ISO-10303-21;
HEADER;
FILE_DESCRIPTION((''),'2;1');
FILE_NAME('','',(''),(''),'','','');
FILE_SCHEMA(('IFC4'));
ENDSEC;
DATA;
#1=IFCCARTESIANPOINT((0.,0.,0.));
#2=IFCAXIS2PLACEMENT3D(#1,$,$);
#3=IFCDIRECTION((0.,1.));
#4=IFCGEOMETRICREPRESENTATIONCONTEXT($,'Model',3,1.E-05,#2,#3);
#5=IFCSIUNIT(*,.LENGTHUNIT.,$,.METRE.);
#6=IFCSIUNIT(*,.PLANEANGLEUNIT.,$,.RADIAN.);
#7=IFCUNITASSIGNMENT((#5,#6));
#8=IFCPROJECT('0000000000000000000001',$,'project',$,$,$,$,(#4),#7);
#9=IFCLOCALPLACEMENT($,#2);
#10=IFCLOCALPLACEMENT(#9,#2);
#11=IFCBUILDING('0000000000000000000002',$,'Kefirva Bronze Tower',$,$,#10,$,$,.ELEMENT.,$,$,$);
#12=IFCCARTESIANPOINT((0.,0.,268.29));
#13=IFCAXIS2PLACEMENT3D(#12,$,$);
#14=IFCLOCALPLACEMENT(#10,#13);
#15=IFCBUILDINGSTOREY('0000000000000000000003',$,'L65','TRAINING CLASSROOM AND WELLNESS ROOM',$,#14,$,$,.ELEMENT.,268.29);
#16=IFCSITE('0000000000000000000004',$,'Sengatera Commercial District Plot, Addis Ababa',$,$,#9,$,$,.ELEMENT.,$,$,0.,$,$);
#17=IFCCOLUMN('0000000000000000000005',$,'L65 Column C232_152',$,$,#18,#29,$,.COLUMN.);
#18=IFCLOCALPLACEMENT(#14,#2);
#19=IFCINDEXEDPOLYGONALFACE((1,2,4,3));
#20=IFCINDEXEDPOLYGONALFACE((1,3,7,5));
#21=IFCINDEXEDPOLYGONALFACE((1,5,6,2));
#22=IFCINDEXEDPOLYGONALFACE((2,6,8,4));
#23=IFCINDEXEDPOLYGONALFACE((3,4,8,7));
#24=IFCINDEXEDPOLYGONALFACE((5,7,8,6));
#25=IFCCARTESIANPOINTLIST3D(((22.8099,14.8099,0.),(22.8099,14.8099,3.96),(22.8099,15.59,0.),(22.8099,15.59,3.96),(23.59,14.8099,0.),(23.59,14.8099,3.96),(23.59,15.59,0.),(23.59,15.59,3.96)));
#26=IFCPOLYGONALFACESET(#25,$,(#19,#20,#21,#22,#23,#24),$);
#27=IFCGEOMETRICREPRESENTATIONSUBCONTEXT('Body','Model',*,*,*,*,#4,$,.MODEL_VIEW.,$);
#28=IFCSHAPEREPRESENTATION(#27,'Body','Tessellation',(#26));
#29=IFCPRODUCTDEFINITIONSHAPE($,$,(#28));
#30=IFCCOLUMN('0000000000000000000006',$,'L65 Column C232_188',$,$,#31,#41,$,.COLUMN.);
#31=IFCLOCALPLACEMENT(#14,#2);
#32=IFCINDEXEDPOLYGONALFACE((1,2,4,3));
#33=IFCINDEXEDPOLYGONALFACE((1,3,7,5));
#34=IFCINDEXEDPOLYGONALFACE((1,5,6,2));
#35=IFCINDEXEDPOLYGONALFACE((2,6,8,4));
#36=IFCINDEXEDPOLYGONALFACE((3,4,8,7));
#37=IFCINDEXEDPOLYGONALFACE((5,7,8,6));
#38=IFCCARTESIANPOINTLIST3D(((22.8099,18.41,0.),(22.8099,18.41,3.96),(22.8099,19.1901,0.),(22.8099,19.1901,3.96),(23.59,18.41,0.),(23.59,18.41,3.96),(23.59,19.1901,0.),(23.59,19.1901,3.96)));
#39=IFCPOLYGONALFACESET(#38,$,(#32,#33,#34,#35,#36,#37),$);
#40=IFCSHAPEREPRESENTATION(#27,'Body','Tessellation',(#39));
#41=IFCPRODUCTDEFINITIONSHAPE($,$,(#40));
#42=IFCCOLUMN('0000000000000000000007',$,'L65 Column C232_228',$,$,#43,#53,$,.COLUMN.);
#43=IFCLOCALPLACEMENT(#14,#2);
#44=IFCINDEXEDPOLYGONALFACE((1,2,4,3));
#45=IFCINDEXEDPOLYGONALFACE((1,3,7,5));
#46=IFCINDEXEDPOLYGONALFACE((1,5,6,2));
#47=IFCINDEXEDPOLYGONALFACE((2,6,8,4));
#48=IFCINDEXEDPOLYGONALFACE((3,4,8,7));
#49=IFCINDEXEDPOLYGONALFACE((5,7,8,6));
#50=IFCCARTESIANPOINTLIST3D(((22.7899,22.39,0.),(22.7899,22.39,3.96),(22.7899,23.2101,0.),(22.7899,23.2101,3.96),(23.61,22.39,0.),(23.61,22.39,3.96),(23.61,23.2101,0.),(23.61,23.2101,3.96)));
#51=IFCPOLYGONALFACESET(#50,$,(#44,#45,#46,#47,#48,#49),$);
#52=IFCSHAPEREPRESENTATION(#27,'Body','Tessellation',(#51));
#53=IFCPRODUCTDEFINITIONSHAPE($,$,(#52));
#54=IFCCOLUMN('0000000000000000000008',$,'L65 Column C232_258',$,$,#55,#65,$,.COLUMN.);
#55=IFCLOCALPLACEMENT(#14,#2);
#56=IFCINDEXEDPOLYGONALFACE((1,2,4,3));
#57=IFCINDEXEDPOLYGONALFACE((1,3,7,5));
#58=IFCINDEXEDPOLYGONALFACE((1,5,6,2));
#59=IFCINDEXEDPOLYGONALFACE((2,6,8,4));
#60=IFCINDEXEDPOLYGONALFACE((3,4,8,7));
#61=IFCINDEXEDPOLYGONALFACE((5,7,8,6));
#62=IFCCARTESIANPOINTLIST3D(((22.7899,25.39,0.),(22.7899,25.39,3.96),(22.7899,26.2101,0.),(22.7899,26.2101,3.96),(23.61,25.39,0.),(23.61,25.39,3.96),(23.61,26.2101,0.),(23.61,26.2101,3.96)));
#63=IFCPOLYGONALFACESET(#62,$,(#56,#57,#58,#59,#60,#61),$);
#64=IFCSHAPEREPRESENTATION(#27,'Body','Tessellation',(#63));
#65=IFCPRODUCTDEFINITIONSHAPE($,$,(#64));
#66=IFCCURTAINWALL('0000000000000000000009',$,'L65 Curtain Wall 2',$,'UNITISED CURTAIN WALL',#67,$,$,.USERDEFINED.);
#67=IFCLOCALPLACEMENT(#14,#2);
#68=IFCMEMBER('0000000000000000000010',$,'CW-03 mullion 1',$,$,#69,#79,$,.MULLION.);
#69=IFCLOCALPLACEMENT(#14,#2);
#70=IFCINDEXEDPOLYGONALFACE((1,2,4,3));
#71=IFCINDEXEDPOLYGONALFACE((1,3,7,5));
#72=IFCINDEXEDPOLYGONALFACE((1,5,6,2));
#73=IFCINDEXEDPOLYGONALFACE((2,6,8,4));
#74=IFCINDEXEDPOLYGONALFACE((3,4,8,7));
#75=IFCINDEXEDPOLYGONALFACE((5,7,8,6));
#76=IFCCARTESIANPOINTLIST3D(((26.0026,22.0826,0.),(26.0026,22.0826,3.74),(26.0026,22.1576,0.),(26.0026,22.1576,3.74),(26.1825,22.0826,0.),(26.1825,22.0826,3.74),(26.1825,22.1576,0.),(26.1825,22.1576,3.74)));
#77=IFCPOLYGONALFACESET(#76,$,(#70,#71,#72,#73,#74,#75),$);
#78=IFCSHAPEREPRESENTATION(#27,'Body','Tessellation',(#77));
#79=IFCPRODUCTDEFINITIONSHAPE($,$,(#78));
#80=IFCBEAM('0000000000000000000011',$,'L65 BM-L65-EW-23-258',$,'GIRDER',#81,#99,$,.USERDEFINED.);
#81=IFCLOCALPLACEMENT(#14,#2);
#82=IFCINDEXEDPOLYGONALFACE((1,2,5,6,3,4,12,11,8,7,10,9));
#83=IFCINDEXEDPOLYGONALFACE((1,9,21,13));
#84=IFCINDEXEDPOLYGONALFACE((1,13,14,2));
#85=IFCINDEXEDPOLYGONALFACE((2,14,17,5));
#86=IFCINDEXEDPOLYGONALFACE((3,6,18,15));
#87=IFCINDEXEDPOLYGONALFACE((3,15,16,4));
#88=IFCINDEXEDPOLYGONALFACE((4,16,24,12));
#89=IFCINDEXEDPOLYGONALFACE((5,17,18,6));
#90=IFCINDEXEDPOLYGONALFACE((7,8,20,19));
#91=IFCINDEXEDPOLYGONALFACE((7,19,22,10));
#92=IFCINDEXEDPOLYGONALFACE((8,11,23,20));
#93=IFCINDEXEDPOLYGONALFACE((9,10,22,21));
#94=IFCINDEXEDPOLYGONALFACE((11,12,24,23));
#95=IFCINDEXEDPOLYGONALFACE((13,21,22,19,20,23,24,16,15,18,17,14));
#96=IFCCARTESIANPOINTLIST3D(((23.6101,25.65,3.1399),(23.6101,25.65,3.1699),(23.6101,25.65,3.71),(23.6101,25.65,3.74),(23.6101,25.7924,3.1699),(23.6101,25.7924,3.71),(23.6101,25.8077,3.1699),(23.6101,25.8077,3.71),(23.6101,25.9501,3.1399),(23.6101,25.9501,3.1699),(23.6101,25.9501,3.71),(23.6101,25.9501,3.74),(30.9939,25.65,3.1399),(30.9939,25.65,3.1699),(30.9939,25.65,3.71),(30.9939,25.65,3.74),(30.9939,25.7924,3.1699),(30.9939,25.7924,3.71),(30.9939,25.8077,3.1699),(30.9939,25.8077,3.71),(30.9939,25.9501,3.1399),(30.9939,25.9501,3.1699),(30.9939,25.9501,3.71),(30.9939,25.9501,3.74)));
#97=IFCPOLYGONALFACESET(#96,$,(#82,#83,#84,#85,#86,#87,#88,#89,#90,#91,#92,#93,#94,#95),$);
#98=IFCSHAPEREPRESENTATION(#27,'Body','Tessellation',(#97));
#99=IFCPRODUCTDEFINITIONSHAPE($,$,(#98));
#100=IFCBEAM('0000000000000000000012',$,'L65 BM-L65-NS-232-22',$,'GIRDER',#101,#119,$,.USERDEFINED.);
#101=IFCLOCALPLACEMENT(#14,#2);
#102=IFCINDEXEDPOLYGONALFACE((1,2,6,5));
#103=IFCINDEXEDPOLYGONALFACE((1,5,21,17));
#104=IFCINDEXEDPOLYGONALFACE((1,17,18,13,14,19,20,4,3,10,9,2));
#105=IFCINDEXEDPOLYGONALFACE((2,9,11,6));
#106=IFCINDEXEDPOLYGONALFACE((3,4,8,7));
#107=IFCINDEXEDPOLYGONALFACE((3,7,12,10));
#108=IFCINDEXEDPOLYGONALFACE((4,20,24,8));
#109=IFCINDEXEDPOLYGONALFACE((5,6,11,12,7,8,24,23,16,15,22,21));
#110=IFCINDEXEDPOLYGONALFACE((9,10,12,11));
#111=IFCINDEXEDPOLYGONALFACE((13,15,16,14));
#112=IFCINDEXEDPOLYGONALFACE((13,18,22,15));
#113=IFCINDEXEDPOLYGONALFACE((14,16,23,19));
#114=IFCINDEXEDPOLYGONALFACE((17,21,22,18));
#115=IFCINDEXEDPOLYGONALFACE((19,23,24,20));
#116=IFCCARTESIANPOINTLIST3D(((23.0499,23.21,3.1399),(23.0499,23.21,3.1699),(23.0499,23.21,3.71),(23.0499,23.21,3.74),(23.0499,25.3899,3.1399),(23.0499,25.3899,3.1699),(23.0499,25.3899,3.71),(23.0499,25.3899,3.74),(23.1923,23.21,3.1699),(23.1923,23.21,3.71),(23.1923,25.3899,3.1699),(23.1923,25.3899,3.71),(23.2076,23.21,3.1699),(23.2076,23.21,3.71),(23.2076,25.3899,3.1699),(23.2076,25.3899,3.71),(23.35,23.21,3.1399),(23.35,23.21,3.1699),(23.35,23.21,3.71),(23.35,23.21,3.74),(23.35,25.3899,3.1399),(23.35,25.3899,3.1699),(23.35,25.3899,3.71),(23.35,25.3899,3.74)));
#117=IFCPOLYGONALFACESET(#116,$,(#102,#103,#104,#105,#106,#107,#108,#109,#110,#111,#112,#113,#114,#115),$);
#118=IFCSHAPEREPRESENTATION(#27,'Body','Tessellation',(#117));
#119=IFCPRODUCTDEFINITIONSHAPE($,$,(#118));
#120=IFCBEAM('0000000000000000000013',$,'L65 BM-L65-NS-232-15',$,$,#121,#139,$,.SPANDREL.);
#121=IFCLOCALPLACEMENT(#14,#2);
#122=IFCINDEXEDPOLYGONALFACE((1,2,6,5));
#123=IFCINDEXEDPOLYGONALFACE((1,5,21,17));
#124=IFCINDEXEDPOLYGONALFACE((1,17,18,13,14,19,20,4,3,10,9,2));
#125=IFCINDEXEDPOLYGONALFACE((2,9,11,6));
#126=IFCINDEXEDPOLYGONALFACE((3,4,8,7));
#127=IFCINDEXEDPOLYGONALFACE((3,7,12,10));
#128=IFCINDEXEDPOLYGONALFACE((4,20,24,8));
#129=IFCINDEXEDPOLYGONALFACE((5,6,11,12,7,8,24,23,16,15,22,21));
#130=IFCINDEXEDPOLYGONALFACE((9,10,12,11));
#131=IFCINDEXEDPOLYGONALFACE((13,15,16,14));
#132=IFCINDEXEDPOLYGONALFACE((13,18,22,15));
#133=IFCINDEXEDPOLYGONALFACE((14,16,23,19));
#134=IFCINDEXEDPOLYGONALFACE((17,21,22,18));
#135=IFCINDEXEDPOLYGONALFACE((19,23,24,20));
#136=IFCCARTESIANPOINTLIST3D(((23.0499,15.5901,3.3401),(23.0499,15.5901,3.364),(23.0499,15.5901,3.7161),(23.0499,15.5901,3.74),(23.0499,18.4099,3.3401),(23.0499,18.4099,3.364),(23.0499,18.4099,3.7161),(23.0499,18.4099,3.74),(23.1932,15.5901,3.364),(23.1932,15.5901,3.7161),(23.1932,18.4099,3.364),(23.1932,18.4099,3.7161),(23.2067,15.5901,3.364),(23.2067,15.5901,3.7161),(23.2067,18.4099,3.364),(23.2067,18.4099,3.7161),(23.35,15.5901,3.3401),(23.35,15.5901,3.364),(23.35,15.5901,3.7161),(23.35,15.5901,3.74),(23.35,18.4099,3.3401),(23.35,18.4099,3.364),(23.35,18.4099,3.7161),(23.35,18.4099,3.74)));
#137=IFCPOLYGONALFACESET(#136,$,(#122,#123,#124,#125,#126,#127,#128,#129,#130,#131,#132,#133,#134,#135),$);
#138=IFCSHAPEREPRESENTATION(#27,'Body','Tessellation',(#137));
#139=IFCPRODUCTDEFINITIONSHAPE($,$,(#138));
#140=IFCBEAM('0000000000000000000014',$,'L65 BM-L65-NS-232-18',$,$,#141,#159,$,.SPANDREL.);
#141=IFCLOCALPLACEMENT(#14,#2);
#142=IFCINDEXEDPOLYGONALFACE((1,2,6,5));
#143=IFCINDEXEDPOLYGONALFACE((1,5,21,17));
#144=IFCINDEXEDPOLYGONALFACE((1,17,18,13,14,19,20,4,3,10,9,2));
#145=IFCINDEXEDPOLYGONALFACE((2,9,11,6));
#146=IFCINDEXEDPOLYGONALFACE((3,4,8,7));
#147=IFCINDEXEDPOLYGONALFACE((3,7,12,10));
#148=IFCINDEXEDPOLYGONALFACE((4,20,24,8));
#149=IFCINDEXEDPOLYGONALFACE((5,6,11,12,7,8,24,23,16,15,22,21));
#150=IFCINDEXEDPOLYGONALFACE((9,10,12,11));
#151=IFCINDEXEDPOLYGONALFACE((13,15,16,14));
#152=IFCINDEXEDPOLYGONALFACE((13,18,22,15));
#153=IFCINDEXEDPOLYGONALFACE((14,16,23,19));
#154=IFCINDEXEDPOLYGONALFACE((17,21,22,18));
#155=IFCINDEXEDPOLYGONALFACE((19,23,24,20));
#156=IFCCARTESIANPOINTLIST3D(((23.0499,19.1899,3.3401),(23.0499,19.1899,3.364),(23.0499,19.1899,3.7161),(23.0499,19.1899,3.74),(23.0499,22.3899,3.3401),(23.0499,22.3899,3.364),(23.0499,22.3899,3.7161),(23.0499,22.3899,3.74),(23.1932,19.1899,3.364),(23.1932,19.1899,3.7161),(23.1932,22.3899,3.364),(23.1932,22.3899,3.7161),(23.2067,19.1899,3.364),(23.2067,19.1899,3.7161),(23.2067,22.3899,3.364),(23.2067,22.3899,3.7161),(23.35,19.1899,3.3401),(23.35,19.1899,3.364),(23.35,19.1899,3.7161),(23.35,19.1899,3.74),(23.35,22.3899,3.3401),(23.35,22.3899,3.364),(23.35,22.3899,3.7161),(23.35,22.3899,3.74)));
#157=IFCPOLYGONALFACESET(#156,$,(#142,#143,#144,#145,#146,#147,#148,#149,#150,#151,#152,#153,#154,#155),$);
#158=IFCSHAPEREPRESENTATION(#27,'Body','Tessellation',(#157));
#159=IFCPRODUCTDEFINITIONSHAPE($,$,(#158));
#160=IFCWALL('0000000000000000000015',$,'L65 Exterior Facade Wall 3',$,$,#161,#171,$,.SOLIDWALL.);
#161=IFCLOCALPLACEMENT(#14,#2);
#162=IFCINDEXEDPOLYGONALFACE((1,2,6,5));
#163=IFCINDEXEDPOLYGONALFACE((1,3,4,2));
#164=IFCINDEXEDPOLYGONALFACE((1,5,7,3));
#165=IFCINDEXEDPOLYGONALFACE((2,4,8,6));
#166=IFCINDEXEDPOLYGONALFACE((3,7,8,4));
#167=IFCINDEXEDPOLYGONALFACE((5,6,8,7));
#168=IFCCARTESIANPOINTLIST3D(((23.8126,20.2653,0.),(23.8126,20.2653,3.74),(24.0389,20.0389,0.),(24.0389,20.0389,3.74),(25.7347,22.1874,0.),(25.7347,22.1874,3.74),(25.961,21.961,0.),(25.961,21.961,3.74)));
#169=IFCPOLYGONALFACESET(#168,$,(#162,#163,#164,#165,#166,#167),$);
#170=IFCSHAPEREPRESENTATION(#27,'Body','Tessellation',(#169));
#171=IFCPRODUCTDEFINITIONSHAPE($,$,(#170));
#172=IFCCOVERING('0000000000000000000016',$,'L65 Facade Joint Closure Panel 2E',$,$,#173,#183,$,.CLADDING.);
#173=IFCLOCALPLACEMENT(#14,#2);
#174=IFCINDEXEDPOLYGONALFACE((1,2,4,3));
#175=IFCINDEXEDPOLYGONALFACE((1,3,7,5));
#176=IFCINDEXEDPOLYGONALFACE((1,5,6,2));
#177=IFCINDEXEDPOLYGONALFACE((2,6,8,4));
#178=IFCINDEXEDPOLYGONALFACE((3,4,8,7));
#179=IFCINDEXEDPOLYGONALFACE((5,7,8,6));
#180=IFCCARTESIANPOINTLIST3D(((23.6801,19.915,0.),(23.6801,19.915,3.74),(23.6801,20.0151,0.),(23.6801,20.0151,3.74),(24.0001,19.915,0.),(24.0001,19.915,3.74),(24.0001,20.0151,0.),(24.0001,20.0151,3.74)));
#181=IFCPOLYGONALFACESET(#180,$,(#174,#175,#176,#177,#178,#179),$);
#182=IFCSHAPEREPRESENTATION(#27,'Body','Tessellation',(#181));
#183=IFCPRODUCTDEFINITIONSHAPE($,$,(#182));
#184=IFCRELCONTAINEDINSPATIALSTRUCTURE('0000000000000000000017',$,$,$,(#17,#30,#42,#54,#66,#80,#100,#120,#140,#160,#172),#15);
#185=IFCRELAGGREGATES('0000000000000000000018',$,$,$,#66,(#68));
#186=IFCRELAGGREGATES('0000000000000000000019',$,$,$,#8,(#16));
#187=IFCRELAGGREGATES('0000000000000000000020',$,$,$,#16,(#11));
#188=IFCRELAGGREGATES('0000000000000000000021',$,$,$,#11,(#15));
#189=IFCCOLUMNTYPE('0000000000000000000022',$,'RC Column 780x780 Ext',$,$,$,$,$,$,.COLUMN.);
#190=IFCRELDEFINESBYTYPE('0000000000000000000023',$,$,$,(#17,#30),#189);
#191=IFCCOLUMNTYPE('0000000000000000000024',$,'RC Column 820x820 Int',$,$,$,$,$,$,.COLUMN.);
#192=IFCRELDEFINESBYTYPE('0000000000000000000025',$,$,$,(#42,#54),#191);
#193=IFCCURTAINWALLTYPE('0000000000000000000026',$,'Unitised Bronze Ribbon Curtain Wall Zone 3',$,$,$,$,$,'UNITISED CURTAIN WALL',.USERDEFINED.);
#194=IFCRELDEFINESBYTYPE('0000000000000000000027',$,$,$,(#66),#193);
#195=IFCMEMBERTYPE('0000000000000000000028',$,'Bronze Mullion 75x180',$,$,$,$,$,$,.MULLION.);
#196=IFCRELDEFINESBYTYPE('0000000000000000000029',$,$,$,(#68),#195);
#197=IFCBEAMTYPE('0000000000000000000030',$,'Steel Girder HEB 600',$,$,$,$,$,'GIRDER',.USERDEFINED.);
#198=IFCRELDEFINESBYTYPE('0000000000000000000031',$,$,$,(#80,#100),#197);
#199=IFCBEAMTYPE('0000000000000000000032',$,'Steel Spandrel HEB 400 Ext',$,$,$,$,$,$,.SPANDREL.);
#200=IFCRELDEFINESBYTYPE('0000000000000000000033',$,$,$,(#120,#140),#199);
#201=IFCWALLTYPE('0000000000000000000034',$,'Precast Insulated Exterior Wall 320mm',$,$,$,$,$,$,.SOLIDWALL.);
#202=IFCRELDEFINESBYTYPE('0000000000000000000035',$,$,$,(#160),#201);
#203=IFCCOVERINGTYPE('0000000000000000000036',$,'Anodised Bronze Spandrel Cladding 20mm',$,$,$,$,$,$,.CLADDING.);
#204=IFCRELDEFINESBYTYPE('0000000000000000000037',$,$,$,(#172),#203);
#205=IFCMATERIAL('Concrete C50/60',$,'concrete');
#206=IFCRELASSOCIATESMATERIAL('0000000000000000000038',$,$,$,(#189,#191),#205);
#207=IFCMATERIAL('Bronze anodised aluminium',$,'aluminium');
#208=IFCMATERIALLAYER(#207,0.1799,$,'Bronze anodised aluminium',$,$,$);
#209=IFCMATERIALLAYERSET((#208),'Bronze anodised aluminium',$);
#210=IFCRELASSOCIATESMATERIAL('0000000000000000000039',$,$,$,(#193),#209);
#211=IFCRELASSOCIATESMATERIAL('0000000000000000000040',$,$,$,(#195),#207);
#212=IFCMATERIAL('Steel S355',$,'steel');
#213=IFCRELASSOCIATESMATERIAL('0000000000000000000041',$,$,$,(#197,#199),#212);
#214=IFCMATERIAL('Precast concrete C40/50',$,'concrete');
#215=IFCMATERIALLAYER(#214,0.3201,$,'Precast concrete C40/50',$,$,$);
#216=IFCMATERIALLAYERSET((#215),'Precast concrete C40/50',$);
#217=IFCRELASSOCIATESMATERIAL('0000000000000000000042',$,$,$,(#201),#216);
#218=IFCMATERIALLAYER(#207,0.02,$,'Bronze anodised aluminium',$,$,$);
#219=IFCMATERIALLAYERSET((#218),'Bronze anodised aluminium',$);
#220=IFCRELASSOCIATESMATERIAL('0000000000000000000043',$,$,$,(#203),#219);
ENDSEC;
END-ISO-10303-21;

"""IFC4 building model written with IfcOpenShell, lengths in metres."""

from ifc_helpers import new_model, si_unit, direction, frame, frame_2d, origin, origin_2d, place, context, subcontext, project, spatial, rectangle, i_section, extrude, material, layer, layer_set, material_profile, profile_set, type_object, element, aggregate, save


model = new_model("IFC4")

# Units and contexts
model_context = context("Model", 3, precision=1e-05, world=origin(), true_north=direction((0.0, 1.0)))
body_context = subcontext(model_context, "Body", "Model", "MODEL_VIEW")
ifc_project = project(units=[si_unit("LENGTHUNIT", "METRE"), si_unit("PLANEANGLEUNIT", "RADIAN")], contexts=[model_context])

# Site, building, storey
site_placement = place(None, origin())
site = spatial("IfcSite", under=ifc_project, at=site_placement, Name="Sengatera Commercial District Plot, Addis Ababa", CompositionType="ELEMENT", RefElevation=0.0)
building_placement = place(site_placement, origin())
building = spatial("IfcBuilding", under=site, at=building_placement, Name="Kefirva Bronze Tower", CompositionType="ELEMENT")
storey_placement = place(building_placement, frame((0.0, 0.0, 268.29)))
storey = spatial("IfcBuildingStorey", under=building, at=storey_placement, Name="L65", Description="TRAINING CLASSROOM AND WELLNESS ROOM", CompositionType="ELEMENT", Elevation=268.29)

# Columns
ifc_material_1 = material(Name="Concrete C50/60", Category="concrete")
ifc_material_profile_1 = material_profile(ifc_material_1, rectangle(XDim=0.78, YDim=0.78, at=origin_2d()), Name="RC 780x780")
ifc_profile_set_1 = profile_set([ifc_material_profile_1], Name="Concrete C50/60")
column_type_1 = type_object("IfcColumnType", Name="RC Column 780x780 Ext", PredefinedType="COLUMN", material=ifc_profile_set_1)
for number, where, z_axis, x_axis, name in (
    (1, (23.2, 15.2, 0.0), (0.0, 0.0, 1.0), (1.0, 0.0, 0.0), "L65 Column C232_152"),
    (2, (23.2, 18.8, 0.0), (0.0, 0.0, 1.0), (1.0, 0.0, 0.0), "L65 Column C232_188"),
):
    element("IfcColumn", number, at=place(storey_placement, frame(where, z_axis=z_axis, x_axis=x_axis)), inside=storey, type_object=column_type_1, Name=name, PredefinedType="COLUMN", context=body_context, shape_type="SweptSolid", body=[
        extrude(rectangle(XDim=0.78, YDim=0.78, at=origin_2d()), origin(), (0.0, 0.0, 1.0), 3.96),
    ])
ifc_material_profile_2 = material_profile(ifc_material_1, rectangle(XDim=0.8201, YDim=0.8201, at=origin_2d()), Name="RC 820x820")
ifc_profile_set_2 = profile_set([ifc_material_profile_2], Name="Concrete C50/60")
column_type_2 = type_object("IfcColumnType", Name="RC Column 820x820 Int", PredefinedType="COLUMN", material=ifc_profile_set_2)
for number, where, z_axis, x_axis, name in (
    (3, (23.2, 22.8, 0.0), (0.0, 0.0, 1.0), (1.0, 0.0, 0.0), "L65 Column C232_228"),
    (4, (23.2, 25.8, 0.0), (0.0, 0.0, 1.0), (1.0, 0.0, 0.0), "L65 Column C232_258"),
):
    element("IfcColumn", number, at=place(storey_placement, frame(where, z_axis=z_axis, x_axis=x_axis)), inside=storey, type_object=column_type_2, Name=name, PredefinedType="COLUMN", context=body_context, shape_type="SweptSolid", body=[
        extrude(rectangle(XDim=0.8201, YDim=0.8201, at=origin_2d()), origin(), (0.0, 0.0, 1.0), 3.96),
    ])

# Curtain wall, member
ifc_material_2 = material(Name="Bronze anodised aluminium", Category="aluminium")
ifc_layer_1 = layer(ifc_material_2, 0.1799, Name="Bronze anodised aluminium")
ifc_layer_set_1 = layer_set([ifc_layer_1], Name="Bronze anodised aluminium")
curtain_wall_type = type_object("IfcCurtainWallType", Name="Unitised Bronze Ribbon Curtain Wall Zone 3", ElementType="UNITISED CURTAIN WALL", PredefinedType="USERDEFINED", material=ifc_layer_set_1)
curtain_wall_placement = place(storey_placement, origin())
curtain_wall = element("IfcCurtainWall", 5, at=curtain_wall_placement, inside=storey, type_object=curtain_wall_type, Name="L65 Curtain Wall 2", ObjectType="UNITISED CURTAIN WALL", PredefinedType="USERDEFINED")
ifc_material_profile_3 = material_profile(ifc_material_2, rectangle(XDim=0.075, YDim=0.1799, at=origin_2d()), Name="ALU 75x180")
ifc_profile_set_3 = profile_set([ifc_material_profile_3], Name="Bronze anodised aluminium")
member_type = type_object("IfcMemberType", Name="Bronze Mullion 75x180", PredefinedType="MULLION", material=ifc_profile_set_3)
member_placement = place(storey_placement, frame((26.0925, 22.1201, 0.0), z_axis=(0.0, 0.0, 1.0), x_axis=(0.0, 1.0, 0.0)))
member = element("IfcMember", 6, at=member_placement, type_object=member_type, Name="CW-03 mullion 1", PredefinedType="MULLION", context=body_context, shape_type="SweptSolid", body=[
    extrude(rectangle(XDim=0.075, YDim=0.1799, at=origin_2d()), origin(), (0.0, 0.0, 1.0), 3.74),
])
aggregate(curtain_wall, [member])

# Beams
ifc_material_3 = material(Name="Steel S355", Category="steel")
ifc_material_profile_4 = material_profile(ifc_material_3, i_section(OverallWidth=0.3, OverallDepth=0.6001, WebThickness=0.0154, FlangeThickness=0.03, at=origin_2d()), Name="HEB 600")
ifc_profile_set_4 = profile_set([ifc_material_profile_4], Name="Steel S355")
beam_type_1 = type_object("IfcBeamType", Name="Steel Girder HEB 600", ElementType="GIRDER", PredefinedType="USERDEFINED", material=ifc_profile_set_4)
beam_1_placement = place(storey_placement, frame((23.6101, 25.8, 3.4399), z_axis=(1.0, 0.0, 0.0), x_axis=(0.0, 1.0, 0.0)))
element("IfcBeam", 7, at=beam_1_placement, inside=storey, type_object=beam_type_1, Name="L65 BM-L65-EW-23-258", ObjectType="GIRDER", PredefinedType="USERDEFINED", context=body_context, shape_type="SweptSolid", body=[
    extrude(i_section(OverallWidth=0.3, OverallDepth=0.6001, WebThickness=0.0154, FlangeThickness=0.03, at=origin_2d()), origin(), (0.0, 0.0, 1.0), 7.3838),
])
beam_2_placement = place(storey_placement, frame((23.2, 23.21, 3.4399), z_axis=(0.0, 1.0, 0.0), x_axis=(-1.0, 0.0, 0.0)))
element("IfcBeam", 8, at=beam_2_placement, inside=storey, type_object=beam_type_1, Name="L65 BM-L65-NS-232-22", ObjectType="GIRDER", PredefinedType="USERDEFINED", context=body_context, shape_type="SweptSolid", body=[
    extrude(i_section(OverallWidth=0.3, OverallDepth=0.6001, WebThickness=0.0154, FlangeThickness=0.03, at=origin_2d()), origin(), (0.0, 0.0, 1.0), 2.1799),
])
ifc_material_profile_5 = material_profile(ifc_material_3, i_section(OverallWidth=0.3, OverallDepth=0.3999, WebThickness=0.0134, FlangeThickness=0.0239, at=origin_2d()), Name="HEB 400")
ifc_profile_set_5 = profile_set([ifc_material_profile_5], Name="Steel S355")
beam_type_2 = type_object("IfcBeamType", Name="Steel Spandrel HEB 400 Ext", PredefinedType="SPANDREL", material=ifc_profile_set_5)
beam_3_placement = place(storey_placement, frame((23.2, 15.5901, 3.54), z_axis=(0.0, 1.0, 0.0), x_axis=(-1.0, 0.0, 0.0)))
element("IfcBeam", 9, at=beam_3_placement, inside=storey, type_object=beam_type_2, Name="L65 BM-L65-NS-232-15", PredefinedType="SPANDREL", context=body_context, shape_type="SweptSolid", body=[
    extrude(i_section(OverallWidth=0.3, OverallDepth=0.3999, WebThickness=0.0134, FlangeThickness=0.0239, at=origin_2d()), origin(), (0.0, 0.0, 1.0), 2.8198),
])
beam_4_placement = place(storey_placement, frame((23.2, 19.1899, 3.54), z_axis=(0.0, 1.0, 0.0), x_axis=(-1.0, 0.0, 0.0)))
element("IfcBeam", 10, at=beam_4_placement, inside=storey, type_object=beam_type_2, Name="L65 BM-L65-NS-232-18", PredefinedType="SPANDREL", context=body_context, shape_type="SweptSolid", body=[
    extrude(i_section(OverallWidth=0.3, OverallDepth=0.3999, WebThickness=0.0134, FlangeThickness=0.0239, at=origin_2d()), origin(), (0.0, 0.0, 1.0), 3.2),
])

# Wall
ifc_material_4 = material(Name="Precast concrete C40/50", Category="concrete")
ifc_layer_2 = layer(ifc_material_4, 0.3201, Name="Precast concrete C40/50")
ifc_layer_set_2 = layer_set([ifc_layer_2], Name="Precast concrete C40/50")
wall_type = type_object("IfcWallType", Name="Precast Insulated Exterior Wall 320mm", PredefinedType="SOLIDWALL", material=ifc_layer_set_2)
wall_placement = place(storey_placement, frame((23.9258, 20.1521, 0.0), z_axis=(0.0, 0.0, 1.0), x_axis=(0.707107, 0.707107, 0.0)))
element("IfcWall", 11, at=wall_placement, inside=storey, type_object=wall_type, Name="L65 Exterior Facade Wall 3", PredefinedType="SOLIDWALL", context=body_context, shape_type="SweptSolid", body=[
    extrude(rectangle(XDim=2.7183, YDim=0.3201, at=frame_2d((1.3591, 0.0))), origin(), (0.0, 0.0, 1.0), 3.74),
])

# Covering
ifc_layer_3 = layer(ifc_material_2, 0.02, Name="Bronze anodised aluminium")
ifc_layer_set_3 = layer_set([ifc_layer_3], Name="Bronze anodised aluminium")
covering_type_1 = type_object("IfcCoveringType", Name="Anodised Bronze Spandrel Cladding 20mm", PredefinedType="CLADDING", material=ifc_layer_set_3)
covering_1_placement = place(storey_placement, frame((23.8401, 19.9651, 0.0), z_axis=(0.0, 0.0, 1.0), x_axis=(0.0, 1.0, 0.0)))
element("IfcCovering", 12, at=covering_1_placement, inside=storey, type_object=covering_type_1, Name="L65 Facade Joint Closure Panel 2E", PredefinedType="CLADDING", context=body_context, shape_type="SweptSolid", body=[
    extrude(rectangle(XDim=0.1001, YDim=0.3201, at=origin_2d()), origin(), (0.0, 0.0, 1.0), 3.74),
])

save(model, "model.ifc")
